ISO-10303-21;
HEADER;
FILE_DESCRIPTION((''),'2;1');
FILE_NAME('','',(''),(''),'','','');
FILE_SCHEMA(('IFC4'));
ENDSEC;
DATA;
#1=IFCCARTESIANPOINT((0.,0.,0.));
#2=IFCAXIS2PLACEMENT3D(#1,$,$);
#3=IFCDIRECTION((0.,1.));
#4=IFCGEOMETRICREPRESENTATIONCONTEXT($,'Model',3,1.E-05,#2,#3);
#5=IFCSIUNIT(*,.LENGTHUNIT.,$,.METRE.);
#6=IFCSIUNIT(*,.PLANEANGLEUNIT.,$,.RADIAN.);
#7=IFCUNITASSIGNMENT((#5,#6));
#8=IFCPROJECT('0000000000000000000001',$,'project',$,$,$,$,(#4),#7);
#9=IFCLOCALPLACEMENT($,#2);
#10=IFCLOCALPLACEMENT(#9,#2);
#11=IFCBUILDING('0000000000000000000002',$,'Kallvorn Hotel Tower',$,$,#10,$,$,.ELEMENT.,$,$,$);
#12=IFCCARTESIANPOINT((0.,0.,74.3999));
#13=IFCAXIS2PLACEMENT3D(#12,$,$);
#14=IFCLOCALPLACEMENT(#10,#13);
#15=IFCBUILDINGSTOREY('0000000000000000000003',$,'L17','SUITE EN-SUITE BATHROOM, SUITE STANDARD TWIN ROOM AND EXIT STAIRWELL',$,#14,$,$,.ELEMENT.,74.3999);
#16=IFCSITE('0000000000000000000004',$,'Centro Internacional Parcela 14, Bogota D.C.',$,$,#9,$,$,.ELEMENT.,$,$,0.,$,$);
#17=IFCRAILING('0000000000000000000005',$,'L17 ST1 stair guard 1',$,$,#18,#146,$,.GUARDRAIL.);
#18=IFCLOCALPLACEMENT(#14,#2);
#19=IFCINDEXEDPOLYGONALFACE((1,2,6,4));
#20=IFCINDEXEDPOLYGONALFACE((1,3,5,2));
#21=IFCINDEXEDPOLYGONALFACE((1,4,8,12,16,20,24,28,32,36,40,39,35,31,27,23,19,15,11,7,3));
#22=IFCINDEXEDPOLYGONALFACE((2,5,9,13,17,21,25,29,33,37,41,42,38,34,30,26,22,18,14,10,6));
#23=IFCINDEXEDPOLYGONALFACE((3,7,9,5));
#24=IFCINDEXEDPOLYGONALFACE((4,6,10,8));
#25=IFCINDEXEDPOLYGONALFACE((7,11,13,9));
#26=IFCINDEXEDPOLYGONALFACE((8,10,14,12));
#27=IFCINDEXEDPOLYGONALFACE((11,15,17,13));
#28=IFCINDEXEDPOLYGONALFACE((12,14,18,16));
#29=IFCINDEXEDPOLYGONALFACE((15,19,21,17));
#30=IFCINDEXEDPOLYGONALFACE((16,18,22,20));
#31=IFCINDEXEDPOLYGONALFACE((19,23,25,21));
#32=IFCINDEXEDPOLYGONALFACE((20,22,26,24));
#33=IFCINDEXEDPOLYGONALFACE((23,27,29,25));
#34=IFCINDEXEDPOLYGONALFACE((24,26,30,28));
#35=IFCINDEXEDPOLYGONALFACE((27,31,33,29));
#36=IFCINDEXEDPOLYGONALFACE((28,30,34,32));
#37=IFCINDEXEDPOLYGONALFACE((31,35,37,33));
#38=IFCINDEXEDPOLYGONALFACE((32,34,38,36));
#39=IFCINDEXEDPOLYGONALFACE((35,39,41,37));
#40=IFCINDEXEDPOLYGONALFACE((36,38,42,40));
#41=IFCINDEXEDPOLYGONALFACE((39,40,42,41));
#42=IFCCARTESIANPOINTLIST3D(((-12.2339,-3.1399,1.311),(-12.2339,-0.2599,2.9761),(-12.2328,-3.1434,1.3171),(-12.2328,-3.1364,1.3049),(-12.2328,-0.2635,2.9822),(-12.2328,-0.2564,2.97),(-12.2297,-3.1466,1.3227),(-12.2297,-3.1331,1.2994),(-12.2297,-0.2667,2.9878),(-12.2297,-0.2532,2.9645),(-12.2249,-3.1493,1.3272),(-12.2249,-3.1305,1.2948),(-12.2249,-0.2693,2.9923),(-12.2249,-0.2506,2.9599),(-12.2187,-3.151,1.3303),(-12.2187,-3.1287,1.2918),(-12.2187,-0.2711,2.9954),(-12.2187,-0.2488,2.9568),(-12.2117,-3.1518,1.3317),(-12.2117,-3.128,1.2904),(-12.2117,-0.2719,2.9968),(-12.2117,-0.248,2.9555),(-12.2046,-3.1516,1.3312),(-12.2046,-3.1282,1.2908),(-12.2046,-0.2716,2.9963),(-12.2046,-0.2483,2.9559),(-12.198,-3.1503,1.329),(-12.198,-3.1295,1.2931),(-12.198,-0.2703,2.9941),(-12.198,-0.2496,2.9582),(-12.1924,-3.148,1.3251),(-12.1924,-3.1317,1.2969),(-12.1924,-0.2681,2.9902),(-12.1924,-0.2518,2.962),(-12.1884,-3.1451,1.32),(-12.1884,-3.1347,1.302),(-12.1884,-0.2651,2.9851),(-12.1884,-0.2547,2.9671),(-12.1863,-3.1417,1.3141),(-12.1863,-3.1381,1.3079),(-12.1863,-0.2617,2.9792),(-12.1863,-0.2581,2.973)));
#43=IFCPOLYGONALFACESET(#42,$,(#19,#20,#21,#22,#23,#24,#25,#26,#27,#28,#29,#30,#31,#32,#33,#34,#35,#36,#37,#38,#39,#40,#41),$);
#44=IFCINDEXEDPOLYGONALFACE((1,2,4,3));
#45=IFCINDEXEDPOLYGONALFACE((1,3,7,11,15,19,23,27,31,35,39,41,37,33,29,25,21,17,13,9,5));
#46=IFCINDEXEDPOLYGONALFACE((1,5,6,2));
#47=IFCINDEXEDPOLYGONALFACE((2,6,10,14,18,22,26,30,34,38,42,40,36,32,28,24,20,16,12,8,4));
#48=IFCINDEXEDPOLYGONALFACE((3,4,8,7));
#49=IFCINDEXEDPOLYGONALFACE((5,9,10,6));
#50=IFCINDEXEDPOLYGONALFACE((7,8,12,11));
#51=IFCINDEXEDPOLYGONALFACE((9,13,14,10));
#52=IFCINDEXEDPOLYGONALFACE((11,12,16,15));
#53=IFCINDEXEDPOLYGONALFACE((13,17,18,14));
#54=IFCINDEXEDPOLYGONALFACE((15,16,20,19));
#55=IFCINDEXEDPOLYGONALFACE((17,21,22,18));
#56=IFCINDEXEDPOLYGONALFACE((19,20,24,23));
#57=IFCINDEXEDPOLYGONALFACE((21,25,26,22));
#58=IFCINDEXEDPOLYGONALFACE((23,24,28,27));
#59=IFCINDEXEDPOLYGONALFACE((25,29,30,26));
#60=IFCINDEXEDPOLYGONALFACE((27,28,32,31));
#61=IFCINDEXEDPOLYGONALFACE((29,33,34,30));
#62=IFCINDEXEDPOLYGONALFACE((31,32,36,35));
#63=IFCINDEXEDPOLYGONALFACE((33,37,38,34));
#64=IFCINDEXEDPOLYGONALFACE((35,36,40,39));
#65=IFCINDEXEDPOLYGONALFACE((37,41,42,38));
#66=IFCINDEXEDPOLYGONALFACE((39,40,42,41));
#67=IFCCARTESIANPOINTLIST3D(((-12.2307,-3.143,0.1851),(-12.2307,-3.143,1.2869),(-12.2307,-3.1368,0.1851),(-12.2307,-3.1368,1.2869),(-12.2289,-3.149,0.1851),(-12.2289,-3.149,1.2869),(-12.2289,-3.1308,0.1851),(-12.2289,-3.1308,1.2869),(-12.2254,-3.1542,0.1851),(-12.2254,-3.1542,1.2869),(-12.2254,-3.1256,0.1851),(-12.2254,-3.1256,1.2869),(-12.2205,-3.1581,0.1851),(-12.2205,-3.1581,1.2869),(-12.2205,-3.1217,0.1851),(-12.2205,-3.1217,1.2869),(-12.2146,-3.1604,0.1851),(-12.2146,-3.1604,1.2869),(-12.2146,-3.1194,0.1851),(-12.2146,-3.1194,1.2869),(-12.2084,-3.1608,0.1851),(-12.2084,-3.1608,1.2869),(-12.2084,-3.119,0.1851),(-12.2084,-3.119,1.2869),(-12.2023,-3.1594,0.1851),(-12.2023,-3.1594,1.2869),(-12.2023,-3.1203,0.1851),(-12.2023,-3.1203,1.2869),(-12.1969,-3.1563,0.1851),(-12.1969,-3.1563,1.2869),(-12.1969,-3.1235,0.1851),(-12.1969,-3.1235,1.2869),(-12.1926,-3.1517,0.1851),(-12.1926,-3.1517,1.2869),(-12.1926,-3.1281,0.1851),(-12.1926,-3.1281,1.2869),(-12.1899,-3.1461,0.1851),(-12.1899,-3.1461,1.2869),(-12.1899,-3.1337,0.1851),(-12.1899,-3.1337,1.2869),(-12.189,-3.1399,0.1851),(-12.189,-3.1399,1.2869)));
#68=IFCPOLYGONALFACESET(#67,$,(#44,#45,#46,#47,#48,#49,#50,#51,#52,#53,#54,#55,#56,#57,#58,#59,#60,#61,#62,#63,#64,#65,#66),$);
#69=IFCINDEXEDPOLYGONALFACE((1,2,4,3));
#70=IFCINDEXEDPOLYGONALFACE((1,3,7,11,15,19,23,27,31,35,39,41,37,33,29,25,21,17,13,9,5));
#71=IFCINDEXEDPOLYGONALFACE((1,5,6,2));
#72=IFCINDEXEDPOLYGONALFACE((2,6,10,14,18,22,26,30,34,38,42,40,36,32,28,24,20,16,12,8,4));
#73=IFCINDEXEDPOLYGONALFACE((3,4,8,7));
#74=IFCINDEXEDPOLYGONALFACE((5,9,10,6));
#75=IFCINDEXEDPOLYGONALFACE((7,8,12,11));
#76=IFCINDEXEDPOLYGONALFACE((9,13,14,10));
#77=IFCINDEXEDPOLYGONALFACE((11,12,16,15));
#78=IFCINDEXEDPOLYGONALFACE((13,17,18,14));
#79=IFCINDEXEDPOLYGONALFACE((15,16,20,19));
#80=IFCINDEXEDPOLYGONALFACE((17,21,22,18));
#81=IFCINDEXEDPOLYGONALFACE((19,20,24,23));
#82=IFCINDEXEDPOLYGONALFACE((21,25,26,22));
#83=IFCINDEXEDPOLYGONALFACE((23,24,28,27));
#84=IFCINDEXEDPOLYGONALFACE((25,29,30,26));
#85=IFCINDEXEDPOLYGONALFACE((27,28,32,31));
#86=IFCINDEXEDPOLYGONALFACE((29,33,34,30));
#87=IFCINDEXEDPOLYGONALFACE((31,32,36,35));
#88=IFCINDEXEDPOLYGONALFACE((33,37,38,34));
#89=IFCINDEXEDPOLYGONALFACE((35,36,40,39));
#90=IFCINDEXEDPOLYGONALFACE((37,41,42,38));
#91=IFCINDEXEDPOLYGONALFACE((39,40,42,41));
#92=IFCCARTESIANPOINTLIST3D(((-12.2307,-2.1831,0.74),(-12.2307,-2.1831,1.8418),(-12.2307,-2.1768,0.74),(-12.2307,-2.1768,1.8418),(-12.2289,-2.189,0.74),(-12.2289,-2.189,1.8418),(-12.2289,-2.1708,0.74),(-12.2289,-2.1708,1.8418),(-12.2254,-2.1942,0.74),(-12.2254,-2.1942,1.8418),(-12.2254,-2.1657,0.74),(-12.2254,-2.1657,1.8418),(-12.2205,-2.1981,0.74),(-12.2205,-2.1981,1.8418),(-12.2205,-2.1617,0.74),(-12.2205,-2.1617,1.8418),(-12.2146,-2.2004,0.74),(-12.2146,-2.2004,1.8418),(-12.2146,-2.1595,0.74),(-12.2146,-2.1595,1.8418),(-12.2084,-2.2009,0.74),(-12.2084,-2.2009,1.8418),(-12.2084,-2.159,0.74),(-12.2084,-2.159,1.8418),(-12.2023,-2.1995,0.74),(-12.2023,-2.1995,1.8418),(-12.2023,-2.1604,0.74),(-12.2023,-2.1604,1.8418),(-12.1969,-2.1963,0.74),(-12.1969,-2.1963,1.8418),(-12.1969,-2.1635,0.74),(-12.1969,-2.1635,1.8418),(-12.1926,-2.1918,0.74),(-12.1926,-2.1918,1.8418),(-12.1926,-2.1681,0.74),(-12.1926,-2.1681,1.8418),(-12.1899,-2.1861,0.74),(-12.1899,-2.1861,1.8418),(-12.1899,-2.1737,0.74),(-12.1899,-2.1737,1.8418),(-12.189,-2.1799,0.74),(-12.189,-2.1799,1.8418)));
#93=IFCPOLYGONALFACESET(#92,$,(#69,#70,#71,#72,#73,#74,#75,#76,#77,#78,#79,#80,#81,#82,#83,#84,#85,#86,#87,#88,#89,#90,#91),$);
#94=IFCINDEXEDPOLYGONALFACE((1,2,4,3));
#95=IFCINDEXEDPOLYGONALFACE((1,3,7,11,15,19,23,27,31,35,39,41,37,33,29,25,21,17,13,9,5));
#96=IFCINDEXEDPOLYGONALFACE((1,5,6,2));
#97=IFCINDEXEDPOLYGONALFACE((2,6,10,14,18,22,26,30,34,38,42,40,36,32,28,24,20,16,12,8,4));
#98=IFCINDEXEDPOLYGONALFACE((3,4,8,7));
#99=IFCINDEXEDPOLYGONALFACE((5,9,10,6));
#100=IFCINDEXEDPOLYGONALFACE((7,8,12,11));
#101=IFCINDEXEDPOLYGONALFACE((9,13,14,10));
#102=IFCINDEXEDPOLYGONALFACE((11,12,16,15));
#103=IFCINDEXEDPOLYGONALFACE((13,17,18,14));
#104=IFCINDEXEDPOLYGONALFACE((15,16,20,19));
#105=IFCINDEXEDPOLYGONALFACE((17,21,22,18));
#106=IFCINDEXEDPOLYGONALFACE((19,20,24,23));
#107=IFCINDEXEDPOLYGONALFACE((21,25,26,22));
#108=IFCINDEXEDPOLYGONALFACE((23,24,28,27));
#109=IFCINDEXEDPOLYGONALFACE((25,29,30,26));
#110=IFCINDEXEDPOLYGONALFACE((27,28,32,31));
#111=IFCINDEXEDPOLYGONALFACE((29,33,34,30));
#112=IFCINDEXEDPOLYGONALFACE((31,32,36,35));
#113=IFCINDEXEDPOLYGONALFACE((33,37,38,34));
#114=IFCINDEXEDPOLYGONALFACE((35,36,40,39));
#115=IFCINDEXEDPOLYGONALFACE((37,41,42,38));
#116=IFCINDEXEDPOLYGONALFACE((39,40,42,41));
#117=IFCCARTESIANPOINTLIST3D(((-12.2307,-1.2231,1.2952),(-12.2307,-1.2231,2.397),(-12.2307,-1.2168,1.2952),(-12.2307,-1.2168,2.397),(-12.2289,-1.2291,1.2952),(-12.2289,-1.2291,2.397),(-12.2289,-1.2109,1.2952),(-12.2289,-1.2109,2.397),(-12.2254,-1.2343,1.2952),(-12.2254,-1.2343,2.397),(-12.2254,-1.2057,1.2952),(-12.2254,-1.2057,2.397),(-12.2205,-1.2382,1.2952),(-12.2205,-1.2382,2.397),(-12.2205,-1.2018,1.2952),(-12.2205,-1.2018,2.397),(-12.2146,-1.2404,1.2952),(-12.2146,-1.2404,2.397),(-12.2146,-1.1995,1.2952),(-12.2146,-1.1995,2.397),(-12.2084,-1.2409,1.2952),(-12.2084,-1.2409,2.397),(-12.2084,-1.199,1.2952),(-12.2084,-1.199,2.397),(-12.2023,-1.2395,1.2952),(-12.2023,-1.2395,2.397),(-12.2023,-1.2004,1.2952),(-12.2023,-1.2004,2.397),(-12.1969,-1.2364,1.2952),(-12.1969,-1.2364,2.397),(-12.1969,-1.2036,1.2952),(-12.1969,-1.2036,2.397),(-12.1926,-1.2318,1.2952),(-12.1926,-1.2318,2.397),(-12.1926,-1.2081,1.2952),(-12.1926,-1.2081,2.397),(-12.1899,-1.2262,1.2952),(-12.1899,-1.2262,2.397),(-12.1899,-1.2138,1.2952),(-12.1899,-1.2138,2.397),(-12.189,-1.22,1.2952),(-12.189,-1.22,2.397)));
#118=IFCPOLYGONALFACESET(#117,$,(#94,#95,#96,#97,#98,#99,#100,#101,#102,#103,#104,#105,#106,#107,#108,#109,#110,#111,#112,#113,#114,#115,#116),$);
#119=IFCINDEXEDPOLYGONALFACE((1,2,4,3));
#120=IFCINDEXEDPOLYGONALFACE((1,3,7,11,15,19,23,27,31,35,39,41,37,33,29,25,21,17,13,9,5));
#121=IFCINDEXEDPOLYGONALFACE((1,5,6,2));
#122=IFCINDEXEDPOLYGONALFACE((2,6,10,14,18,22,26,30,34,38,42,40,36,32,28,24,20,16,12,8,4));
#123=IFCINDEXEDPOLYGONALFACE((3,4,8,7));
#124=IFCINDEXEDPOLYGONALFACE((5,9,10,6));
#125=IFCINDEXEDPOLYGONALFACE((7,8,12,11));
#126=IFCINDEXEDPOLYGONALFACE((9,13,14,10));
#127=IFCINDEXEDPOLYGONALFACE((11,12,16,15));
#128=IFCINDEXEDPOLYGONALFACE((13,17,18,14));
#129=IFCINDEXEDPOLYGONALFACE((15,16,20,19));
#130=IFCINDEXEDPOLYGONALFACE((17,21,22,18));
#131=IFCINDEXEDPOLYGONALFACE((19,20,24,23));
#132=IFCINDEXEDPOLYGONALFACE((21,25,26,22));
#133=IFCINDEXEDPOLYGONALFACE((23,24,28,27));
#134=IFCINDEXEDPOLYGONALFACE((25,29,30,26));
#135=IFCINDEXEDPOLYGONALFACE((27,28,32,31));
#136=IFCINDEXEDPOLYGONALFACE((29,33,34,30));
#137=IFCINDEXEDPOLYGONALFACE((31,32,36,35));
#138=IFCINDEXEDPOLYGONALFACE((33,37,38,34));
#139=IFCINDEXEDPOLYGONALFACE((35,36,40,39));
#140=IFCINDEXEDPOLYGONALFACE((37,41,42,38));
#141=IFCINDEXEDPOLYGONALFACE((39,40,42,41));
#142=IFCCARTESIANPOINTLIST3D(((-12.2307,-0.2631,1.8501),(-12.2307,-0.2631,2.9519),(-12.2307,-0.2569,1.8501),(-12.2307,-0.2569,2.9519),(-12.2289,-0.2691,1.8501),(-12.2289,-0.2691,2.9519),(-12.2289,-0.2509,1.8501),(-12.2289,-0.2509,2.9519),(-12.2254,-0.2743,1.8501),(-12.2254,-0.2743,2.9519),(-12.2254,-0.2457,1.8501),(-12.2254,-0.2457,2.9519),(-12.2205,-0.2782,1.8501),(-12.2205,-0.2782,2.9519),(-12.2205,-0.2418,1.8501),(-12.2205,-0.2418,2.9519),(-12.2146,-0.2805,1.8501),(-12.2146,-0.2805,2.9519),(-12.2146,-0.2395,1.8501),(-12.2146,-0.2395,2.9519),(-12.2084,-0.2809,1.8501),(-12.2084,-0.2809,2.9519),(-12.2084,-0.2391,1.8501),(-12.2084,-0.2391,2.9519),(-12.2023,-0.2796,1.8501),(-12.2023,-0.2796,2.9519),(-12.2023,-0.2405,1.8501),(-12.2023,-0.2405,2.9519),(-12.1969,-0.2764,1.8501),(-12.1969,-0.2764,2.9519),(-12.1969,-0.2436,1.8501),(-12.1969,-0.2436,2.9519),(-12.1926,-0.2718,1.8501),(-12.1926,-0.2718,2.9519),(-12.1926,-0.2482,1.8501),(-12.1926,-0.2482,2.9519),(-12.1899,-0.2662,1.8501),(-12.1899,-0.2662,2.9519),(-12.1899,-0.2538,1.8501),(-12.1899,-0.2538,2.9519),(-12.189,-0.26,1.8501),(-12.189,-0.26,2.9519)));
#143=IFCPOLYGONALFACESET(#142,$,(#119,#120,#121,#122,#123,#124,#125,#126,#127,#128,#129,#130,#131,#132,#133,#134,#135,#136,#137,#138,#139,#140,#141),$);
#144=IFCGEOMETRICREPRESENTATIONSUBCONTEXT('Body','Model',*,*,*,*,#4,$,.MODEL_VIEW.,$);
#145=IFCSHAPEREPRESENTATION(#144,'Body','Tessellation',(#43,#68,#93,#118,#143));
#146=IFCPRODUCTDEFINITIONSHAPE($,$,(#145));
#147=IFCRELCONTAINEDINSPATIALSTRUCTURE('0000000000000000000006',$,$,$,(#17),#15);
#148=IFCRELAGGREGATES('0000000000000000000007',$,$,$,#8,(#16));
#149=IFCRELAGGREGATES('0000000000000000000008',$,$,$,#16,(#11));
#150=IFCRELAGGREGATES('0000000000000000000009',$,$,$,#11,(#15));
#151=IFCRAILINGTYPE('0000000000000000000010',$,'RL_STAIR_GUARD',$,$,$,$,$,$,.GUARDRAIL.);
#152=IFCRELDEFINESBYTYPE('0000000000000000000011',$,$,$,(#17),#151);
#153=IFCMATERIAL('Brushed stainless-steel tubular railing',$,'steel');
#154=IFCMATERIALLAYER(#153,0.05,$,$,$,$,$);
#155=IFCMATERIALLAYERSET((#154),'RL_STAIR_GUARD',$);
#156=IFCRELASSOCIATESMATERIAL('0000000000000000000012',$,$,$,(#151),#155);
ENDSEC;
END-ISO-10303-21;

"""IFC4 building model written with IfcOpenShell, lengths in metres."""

from ifc_helpers import new_model, si_unit, direction, frame, origin, origin_2d, place, context, subcontext, project, spatial, circle, extrude, material, layer, layer_set, type_object, element, save


model = new_model("IFC4")

# Units and contexts
model_context = context("Model", 3, precision=1e-05, world=origin(), true_north=direction((0.0, 1.0)))
body_context = subcontext(model_context, "Body", "Model", "MODEL_VIEW")
ifc_project = project(units=[si_unit("LENGTHUNIT", "METRE"), si_unit("PLANEANGLEUNIT", "RADIAN")], contexts=[model_context])

# Site, building, storey
site_placement = place(None, origin())
site = spatial("IfcSite", under=ifc_project, at=site_placement, Name="Centro Internacional Parcela 14, Bogota D.C.", CompositionType="ELEMENT", RefElevation=0.0)
building_placement = place(site_placement, origin())
building = spatial("IfcBuilding", under=site, at=building_placement, Name="Kallvorn Hotel Tower", CompositionType="ELEMENT")
storey_placement = place(building_placement, frame((0.0, 0.0, 74.3999)))
storey = spatial("IfcBuildingStorey", under=building, at=storey_placement, Name="L17", Description="SUITE EN-SUITE BATHROOM, SUITE STANDARD TWIN ROOM AND EXIT STAIRWELL", CompositionType="ELEMENT", Elevation=74.3999)

# Railing
ifc_material_1 = material(Name="Brushed stainless-steel tubular railing", Category="steel")
ifc_layer_1 = layer(ifc_material_1, 0.05)
ifc_layer_set_1 = layer_set([ifc_layer_1], Name="RL_STAIR_GUARD")
railing_type_1 = type_object("IfcRailingType", Name="RL_STAIR_GUARD", PredefinedType="GUARDRAIL", material=ifc_layer_set_1)
railing_1_placement = place(storey_placement, frame((-12.21, -3.1399, 0.1851)))
element("IfcRailing", 1, at=railing_1_placement, inside=storey, type_object=railing_type_1, Name="L17 ST1 stair guard 1", PredefinedType="GUARDRAIL", context=body_context, shape_type="SweptSolid", body=[
    extrude(circle(Radius=0.0239, at=origin_2d()), frame((0.0, 0.0, 1.126), z_axis=(0.0, 0.865721, 0.500527), x_axis=(-1.0, 0.0, 0.0)), (0.0, 0.0, 1.0), 3.3267),
    extrude(circle(Radius=0.021, at=origin_2d()), origin(), (0.0, 0.0, 1.0), 1.1018),
    extrude(circle(Radius=0.021, at=origin_2d()), frame((0.0, 0.96, 0.5549)), (0.0, 0.0, 1.0), 1.1018),
    extrude(circle(Radius=0.021, at=origin_2d()), frame((0.0, 1.9199, 1.1101)), (0.0, 0.0, 1.0), 1.1018),
    extrude(circle(Radius=0.021, at=origin_2d()), frame((0.0, 2.8799, 1.665)), (0.0, 0.0, 1.0), 1.1018),
])

save(model, "model.ifc")
